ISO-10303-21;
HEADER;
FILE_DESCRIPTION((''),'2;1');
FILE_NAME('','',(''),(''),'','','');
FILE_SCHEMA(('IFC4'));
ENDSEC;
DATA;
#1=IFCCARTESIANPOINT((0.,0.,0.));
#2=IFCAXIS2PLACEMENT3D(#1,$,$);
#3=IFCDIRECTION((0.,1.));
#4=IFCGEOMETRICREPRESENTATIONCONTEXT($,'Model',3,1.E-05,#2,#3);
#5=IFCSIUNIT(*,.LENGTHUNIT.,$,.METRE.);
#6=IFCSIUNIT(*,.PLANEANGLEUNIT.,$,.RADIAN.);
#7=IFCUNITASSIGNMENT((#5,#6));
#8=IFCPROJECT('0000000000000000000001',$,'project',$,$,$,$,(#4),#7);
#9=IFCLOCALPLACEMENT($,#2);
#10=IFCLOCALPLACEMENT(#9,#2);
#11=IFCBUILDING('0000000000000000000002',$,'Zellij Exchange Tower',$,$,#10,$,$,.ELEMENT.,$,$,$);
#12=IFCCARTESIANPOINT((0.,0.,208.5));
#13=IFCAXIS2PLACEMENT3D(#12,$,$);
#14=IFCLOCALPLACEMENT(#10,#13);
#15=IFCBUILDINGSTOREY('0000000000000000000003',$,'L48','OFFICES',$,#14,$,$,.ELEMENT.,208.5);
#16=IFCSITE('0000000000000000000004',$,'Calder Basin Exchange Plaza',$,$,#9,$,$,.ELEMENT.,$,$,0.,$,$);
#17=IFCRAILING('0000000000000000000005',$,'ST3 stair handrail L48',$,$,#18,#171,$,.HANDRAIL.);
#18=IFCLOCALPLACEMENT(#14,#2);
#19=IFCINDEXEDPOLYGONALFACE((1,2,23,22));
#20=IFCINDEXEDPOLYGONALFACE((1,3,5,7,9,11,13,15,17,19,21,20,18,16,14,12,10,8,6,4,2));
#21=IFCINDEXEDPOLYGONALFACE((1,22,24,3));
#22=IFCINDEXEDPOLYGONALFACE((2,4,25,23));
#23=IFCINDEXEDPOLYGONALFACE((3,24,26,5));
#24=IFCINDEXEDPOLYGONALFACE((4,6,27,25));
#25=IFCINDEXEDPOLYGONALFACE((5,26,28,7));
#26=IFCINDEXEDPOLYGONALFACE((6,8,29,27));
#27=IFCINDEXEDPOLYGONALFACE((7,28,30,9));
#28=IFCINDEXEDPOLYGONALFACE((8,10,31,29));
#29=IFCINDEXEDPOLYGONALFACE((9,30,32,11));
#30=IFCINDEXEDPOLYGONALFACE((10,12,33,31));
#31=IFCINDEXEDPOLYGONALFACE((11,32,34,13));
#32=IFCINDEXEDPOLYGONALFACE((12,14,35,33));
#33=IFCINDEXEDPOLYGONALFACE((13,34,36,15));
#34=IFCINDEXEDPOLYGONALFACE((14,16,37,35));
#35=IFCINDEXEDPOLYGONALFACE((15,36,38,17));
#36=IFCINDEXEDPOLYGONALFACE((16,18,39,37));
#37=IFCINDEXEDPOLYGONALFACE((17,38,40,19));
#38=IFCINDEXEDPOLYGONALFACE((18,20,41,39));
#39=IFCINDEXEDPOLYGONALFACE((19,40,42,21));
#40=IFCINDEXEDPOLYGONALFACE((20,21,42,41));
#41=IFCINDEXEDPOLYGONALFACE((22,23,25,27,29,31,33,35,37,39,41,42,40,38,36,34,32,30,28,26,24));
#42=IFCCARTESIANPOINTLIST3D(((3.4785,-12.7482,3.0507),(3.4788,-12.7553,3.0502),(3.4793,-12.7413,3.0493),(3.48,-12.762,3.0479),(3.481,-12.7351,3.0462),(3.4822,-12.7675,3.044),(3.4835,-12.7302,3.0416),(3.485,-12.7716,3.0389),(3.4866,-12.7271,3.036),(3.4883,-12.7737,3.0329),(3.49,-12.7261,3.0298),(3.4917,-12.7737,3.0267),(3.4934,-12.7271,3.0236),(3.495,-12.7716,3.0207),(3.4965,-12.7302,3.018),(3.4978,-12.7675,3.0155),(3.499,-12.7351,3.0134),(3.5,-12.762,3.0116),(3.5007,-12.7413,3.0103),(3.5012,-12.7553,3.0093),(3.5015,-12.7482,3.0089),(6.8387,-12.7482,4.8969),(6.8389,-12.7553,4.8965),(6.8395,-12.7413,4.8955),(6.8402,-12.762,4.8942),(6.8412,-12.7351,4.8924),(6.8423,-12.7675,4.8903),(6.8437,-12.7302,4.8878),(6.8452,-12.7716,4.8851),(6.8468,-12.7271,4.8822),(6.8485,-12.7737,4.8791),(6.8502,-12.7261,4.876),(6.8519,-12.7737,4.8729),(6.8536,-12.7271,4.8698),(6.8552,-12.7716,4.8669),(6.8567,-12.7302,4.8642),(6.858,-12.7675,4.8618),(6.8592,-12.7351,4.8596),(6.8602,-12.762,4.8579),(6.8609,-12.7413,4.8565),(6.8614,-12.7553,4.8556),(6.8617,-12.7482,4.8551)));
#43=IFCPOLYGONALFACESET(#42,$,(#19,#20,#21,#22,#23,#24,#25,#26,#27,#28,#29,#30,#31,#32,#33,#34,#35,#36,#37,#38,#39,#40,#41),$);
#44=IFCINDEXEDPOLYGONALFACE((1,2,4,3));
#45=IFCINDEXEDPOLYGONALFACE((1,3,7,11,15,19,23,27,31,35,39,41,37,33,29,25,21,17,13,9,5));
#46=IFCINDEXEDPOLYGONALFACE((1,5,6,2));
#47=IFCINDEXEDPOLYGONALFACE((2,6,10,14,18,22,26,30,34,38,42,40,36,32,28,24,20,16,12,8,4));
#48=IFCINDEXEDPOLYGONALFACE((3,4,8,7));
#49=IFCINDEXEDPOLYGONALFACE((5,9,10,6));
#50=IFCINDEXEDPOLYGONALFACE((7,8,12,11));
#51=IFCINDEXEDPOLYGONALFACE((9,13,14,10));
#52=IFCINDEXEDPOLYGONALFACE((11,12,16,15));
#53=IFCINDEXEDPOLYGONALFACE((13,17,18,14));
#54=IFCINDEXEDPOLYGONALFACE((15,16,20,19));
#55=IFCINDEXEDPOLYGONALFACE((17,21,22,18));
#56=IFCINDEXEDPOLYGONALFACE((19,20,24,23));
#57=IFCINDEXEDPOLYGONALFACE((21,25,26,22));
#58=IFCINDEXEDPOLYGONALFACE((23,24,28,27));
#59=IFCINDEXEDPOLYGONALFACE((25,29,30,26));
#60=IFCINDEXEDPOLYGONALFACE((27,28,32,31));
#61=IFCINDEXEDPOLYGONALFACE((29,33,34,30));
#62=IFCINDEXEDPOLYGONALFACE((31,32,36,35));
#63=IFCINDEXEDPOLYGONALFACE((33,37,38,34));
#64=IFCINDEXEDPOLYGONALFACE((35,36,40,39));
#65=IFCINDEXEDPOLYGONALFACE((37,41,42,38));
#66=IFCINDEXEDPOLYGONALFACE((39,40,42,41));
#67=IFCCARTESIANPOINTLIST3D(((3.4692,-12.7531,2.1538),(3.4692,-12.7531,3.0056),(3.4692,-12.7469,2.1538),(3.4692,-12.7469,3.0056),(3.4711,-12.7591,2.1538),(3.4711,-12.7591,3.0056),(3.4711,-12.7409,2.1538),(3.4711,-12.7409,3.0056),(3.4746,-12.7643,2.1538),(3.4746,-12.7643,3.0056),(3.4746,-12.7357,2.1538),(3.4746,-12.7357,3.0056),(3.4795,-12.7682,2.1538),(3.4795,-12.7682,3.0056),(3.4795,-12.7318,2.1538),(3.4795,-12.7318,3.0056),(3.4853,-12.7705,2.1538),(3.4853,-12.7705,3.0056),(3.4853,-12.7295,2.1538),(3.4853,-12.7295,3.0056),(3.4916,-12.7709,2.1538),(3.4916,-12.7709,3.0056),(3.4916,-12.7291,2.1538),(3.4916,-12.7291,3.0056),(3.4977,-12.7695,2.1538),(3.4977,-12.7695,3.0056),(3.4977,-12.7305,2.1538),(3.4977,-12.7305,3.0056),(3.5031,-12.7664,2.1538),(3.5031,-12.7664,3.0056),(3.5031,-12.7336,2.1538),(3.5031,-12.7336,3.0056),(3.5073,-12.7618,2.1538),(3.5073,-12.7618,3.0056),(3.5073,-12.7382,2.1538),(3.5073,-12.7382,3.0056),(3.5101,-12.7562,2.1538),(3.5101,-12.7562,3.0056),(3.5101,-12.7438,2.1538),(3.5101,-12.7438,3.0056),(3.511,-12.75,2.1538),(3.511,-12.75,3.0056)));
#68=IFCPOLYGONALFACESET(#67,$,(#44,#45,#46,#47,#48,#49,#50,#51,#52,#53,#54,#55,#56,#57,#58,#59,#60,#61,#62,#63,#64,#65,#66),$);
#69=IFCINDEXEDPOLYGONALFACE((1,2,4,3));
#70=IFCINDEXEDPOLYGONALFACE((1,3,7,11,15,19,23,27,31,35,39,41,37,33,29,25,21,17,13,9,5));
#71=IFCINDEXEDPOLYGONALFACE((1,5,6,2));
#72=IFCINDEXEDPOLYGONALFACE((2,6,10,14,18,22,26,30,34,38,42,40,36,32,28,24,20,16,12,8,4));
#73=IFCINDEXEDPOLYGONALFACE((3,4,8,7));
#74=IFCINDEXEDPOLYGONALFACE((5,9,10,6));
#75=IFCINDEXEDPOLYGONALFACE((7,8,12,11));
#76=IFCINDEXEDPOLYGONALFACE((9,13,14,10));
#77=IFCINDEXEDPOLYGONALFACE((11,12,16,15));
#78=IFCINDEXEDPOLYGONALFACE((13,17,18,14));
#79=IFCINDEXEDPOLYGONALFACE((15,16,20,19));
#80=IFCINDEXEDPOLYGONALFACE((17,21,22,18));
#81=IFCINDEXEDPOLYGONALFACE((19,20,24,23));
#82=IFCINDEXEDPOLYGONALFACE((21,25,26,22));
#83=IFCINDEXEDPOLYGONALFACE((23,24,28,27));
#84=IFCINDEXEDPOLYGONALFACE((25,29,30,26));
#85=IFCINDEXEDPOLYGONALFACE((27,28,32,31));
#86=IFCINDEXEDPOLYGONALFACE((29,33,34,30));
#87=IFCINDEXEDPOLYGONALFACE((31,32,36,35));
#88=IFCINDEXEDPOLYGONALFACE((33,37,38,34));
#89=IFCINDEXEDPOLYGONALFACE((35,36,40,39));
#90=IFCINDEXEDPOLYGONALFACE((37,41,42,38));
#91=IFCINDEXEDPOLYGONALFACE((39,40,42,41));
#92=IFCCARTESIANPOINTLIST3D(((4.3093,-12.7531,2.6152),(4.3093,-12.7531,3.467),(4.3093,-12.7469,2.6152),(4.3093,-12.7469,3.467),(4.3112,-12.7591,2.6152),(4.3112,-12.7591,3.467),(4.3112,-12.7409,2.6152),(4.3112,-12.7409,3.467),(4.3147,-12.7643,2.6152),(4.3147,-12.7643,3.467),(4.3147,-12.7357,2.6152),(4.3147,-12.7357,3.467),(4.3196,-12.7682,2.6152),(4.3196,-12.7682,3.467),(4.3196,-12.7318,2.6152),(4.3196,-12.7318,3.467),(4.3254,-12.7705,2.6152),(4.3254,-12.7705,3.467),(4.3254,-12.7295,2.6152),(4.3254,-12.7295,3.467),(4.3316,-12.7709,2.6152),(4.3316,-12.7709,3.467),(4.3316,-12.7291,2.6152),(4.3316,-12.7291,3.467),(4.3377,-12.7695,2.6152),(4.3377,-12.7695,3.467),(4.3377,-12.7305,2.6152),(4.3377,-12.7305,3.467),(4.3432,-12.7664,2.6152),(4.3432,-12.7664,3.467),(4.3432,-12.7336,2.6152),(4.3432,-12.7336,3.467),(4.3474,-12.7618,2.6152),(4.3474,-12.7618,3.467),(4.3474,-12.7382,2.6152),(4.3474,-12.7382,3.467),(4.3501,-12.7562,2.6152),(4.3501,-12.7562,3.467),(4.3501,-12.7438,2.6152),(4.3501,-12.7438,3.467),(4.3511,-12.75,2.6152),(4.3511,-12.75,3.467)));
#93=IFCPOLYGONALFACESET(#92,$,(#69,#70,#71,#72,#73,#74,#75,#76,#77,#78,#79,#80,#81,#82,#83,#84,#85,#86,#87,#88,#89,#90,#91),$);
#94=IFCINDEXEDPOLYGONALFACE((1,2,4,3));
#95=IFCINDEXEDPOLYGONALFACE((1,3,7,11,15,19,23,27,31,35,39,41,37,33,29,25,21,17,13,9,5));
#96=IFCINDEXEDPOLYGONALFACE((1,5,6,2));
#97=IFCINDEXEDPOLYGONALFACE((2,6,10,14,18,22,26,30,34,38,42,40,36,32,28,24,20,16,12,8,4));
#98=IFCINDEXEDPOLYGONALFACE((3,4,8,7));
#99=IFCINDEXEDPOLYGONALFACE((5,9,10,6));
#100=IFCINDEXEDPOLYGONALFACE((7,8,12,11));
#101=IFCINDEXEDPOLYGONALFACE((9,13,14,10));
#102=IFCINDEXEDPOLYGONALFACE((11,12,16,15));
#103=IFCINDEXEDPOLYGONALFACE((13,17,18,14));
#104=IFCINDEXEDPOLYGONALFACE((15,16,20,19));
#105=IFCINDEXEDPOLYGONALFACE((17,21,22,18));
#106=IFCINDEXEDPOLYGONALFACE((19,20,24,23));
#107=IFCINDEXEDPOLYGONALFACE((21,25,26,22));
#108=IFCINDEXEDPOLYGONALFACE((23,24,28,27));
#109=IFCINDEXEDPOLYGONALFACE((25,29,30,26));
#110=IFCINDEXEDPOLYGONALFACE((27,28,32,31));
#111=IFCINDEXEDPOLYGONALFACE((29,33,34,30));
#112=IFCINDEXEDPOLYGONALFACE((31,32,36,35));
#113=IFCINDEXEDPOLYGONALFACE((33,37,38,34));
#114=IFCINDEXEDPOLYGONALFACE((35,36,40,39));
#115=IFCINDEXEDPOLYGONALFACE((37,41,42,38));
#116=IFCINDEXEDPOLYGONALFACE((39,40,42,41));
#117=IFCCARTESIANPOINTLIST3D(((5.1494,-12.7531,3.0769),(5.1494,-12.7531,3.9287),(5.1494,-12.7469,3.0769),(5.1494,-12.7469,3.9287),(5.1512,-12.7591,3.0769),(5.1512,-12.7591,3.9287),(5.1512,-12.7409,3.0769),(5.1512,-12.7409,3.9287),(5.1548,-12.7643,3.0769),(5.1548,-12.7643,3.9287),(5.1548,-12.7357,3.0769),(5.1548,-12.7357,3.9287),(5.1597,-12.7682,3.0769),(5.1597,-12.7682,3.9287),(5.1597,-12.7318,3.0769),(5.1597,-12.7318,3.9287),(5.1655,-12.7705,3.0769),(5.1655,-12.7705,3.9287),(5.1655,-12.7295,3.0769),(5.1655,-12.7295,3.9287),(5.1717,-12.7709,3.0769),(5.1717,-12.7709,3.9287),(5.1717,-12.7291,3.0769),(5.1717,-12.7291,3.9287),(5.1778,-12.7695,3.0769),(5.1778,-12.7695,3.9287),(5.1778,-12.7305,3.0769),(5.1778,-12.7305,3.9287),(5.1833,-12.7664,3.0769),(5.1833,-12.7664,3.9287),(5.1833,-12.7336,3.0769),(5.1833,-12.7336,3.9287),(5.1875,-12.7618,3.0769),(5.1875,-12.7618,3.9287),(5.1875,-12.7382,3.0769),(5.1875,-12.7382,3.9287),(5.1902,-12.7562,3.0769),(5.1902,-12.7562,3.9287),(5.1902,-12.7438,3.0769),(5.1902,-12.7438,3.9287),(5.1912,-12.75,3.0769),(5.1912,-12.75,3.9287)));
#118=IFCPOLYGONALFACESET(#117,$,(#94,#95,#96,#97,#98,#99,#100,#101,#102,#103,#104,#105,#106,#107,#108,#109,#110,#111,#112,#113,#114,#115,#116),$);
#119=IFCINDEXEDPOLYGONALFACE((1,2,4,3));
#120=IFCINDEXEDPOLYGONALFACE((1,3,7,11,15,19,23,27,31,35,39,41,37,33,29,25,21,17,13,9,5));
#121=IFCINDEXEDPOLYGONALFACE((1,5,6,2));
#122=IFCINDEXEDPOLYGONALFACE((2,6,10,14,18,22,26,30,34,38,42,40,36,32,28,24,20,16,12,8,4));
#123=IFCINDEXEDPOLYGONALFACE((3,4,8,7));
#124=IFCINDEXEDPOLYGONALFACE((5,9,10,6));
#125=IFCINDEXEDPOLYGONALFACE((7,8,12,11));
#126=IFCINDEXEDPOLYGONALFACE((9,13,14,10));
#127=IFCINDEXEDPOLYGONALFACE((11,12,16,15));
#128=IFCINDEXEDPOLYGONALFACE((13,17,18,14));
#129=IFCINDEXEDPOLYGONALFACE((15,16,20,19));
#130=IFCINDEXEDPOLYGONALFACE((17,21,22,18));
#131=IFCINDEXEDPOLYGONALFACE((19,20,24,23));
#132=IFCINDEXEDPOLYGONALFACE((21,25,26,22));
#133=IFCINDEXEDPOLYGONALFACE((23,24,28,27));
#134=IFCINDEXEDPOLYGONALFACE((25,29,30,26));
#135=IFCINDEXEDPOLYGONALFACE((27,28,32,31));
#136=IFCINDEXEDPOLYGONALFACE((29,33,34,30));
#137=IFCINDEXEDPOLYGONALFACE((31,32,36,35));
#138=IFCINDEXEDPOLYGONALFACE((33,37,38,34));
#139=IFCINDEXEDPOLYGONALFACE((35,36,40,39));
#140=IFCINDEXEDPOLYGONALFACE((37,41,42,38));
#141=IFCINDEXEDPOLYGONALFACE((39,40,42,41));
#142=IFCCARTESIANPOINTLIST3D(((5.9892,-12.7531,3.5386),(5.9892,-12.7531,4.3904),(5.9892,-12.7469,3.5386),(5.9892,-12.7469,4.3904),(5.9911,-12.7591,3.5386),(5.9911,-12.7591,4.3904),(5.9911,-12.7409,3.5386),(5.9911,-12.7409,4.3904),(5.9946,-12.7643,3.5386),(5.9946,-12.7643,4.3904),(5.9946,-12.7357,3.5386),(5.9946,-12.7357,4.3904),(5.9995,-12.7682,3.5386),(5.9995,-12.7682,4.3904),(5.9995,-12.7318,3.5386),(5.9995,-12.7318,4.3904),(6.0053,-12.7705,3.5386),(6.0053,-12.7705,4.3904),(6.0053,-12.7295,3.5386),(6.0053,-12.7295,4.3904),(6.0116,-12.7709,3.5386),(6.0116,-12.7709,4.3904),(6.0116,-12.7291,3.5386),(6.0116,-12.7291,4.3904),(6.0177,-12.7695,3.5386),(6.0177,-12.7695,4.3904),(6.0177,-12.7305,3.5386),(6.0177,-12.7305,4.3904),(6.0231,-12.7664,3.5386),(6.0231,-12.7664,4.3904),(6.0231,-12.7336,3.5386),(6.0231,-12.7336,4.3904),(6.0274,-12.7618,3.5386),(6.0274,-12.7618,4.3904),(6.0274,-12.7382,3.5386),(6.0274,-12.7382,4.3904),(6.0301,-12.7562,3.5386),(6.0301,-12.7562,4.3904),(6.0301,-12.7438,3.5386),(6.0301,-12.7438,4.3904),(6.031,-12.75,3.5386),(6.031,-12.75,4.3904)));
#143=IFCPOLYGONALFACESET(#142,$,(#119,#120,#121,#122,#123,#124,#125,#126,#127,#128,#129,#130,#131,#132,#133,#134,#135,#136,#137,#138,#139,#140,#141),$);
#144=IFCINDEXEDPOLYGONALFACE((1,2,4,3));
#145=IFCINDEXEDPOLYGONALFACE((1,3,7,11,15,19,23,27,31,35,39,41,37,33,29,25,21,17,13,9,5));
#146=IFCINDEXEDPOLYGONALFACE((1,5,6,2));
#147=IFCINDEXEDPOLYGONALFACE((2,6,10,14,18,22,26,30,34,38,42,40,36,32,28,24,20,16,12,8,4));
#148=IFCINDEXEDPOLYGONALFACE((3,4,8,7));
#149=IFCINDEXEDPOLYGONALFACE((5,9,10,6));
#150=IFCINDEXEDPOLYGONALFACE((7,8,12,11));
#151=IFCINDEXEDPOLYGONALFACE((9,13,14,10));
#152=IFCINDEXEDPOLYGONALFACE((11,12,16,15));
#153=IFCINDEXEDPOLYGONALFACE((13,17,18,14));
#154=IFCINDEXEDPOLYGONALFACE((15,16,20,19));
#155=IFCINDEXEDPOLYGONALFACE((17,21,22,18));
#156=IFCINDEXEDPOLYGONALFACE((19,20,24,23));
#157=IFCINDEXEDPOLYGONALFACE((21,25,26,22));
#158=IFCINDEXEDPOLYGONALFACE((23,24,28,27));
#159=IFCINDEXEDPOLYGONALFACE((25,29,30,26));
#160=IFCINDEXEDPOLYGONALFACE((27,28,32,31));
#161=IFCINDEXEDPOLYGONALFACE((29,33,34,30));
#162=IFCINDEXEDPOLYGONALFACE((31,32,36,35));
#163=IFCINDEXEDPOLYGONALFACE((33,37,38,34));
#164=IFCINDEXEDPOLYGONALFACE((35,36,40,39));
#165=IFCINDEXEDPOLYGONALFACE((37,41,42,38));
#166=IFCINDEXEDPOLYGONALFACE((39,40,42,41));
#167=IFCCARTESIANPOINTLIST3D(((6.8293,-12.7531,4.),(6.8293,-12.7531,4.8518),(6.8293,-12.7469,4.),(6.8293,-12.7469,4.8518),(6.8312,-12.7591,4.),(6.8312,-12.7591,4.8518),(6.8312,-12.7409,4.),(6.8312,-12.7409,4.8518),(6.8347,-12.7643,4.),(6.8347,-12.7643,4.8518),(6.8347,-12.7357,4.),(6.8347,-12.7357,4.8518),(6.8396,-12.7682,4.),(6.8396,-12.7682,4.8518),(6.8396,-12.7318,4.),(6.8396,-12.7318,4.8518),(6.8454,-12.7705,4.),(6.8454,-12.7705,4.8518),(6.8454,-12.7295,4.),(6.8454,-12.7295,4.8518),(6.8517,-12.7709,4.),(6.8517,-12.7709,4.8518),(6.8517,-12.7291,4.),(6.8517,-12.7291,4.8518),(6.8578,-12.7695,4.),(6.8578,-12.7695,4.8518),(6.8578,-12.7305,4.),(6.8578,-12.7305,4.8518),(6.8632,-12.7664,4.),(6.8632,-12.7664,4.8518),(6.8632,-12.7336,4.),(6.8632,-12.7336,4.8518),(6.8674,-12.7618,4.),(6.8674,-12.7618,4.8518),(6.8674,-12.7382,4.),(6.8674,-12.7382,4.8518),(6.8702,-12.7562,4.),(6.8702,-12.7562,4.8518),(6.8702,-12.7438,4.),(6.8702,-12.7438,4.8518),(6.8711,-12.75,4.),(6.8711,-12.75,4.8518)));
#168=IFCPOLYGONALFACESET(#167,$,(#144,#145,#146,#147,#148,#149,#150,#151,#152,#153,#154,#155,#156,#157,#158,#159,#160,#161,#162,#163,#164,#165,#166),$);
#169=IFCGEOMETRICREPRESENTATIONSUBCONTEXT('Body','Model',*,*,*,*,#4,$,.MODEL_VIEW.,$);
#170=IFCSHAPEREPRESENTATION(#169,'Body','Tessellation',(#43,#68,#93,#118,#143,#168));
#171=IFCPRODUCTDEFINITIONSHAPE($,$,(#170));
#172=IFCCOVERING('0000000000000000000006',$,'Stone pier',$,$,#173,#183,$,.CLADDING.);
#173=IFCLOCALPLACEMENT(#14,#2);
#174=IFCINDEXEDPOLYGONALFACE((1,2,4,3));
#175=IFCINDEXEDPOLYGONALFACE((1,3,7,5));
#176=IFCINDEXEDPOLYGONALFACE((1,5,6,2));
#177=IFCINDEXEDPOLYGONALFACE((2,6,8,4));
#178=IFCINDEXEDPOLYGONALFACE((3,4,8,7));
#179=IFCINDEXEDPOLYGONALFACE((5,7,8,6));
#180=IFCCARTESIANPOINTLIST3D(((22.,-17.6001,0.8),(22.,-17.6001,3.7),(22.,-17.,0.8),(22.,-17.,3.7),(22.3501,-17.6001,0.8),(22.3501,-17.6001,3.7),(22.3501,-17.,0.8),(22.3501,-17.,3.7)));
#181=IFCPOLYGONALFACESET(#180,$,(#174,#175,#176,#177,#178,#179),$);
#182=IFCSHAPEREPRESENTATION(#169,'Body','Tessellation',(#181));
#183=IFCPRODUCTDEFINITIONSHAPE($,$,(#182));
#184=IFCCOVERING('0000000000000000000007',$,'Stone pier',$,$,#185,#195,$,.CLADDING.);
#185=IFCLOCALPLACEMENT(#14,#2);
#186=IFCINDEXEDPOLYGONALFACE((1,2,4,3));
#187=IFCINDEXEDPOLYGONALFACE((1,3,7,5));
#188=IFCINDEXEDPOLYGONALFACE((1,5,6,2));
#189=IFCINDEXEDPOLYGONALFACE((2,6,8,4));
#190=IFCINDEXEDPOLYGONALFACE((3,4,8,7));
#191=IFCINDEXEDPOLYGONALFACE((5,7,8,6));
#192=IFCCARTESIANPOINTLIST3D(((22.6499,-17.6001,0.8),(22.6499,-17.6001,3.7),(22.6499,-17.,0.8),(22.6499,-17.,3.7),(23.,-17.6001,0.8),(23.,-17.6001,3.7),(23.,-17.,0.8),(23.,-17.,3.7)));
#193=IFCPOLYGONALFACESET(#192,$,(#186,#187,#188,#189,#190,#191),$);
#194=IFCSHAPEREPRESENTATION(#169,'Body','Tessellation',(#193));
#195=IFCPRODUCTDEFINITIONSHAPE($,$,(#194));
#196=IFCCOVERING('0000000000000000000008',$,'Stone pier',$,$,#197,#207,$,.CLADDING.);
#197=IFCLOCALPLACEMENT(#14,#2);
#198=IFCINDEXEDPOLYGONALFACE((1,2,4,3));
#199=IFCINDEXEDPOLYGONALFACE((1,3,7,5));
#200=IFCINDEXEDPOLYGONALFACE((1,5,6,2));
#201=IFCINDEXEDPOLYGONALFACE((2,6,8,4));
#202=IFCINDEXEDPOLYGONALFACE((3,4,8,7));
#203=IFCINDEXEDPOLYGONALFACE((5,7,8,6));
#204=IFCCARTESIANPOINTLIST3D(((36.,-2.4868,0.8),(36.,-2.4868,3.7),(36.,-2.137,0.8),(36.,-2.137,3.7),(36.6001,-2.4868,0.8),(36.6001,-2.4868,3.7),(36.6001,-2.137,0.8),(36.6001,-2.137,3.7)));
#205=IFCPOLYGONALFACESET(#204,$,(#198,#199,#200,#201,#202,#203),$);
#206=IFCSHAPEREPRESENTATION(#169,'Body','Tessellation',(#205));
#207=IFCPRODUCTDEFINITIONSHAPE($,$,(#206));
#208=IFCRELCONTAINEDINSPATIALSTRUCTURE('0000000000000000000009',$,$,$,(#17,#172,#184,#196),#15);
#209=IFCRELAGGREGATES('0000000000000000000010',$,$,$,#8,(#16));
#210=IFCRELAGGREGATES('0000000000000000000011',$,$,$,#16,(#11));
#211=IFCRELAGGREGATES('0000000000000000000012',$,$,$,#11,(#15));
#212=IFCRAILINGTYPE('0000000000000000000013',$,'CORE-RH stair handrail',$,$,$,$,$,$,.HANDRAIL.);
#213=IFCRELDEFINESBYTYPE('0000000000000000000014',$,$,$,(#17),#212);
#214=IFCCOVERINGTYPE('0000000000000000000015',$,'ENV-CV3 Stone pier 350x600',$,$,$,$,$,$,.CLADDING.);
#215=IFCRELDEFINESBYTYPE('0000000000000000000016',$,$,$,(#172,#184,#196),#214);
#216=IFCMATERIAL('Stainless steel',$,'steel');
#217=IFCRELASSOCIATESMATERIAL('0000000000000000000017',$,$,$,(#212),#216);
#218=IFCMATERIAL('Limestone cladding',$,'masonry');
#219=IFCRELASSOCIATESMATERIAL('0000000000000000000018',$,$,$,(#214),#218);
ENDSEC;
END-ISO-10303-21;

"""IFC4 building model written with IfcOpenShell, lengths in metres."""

from ifc_helpers import new_model, si_unit, direction, frame, origin, origin_2d, place, context, subcontext, project, spatial, polyline, circle, outline, extrude, material, type_object, element, save


model = new_model("IFC4")

# Units and contexts
model_context = context("Model", 3, precision=1e-05, world=origin(), true_north=direction((0.0, 1.0)))
body_context = subcontext(model_context, "Body", "Model", "MODEL_VIEW")
ifc_project = project(units=[si_unit("LENGTHUNIT", "METRE"), si_unit("PLANEANGLEUNIT", "RADIAN")], contexts=[model_context])

# Site, building, storey
site_placement = place(None, origin())
site = spatial("IfcSite", under=ifc_project, at=site_placement, Name="Calder Basin Exchange Plaza", CompositionType="ELEMENT", RefElevation=0.0)
building_placement = place(site_placement, origin())
building = spatial("IfcBuilding", under=site, at=building_placement, Name="Zellij Exchange Tower", CompositionType="ELEMENT")
storey_placement = place(building_placement, frame((0.0, 0.0, 208.5)))
storey = spatial("IfcBuildingStorey", under=building, at=storey_placement, Name="L48", Description="OFFICES", CompositionType="ELEMENT", Elevation=208.5)

# Railing
ifc_material_1 = material(Name="Stainless steel", Category="steel")
railing_type_1 = type_object("IfcRailingType", Name="CORE-RH stair handrail", PredefinedType="HANDRAIL", material=ifc_material_1)
railing_1_placement = place(storey_placement, frame((3.49, -12.75, 2.1538)))
element("IfcRailing", 1, at=railing_1_placement, inside=storey, type_object=railing_type_1, Name="ST3 stair handrail L48", PredefinedType="HANDRAIL", context=body_context, shape_type="SweptSolid", body=[
    extrude(circle(Radius=0.0239, at=origin_2d()), frame((0.0, 0.0, 0.876), z_axis=(0.876422, 0.0, 0.481545), x_axis=(0.0, 1.0, 0.0)), (0.0, 0.0, 1.0), 3.834),
    extrude(circle(Radius=0.021, at=origin_2d()), origin(), (0.0, 0.0, 1.0), 0.8518),
    extrude(circle(Radius=0.021, at=origin_2d()), frame((0.8401, 0.0, 0.4614)), (0.0, 0.0, 1.0), 0.8518),
    extrude(circle(Radius=0.021, at=origin_2d()), frame((1.6802, 0.0, 0.9231)), (0.0, 0.0, 1.0), 0.8518),
    extrude(circle(Radius=0.021, at=origin_2d()), frame((2.52, 0.0, 1.3848)), (0.0, 0.0, 1.0), 0.8518),
    extrude(circle(Radius=0.021, at=origin_2d()), frame((3.3601, 0.0, 1.8462)), (0.0, 0.0, 1.0), 0.8518),
])

# Coverings
ifc_material_2 = material(Name="Limestone cladding", Category="masonry")
covering_type = type_object("IfcCoveringType", Name="ENV-CV3 Stone pier 350x600", PredefinedType="CLADDING", material=ifc_material_2)
covering_1_placement = place(storey_placement, frame((0.0, 0.0, 0.8)))
element("IfcCovering", 2, at=covering_1_placement, inside=storey, type_object=covering_type, Name="Stone pier", PredefinedType="CLADDING", context=body_context, shape_type="SweptSolid", body=[
    extrude(outline(polyline([(22.0, -17.0), (22.3501, -17.0), (22.3501, -17.6001), (22.0, -17.6001), (22.0, -17.0)])), origin(), (0.0, 0.0, 1.0), 2.8999),
])
covering_2_placement = place(storey_placement, frame((0.0, 0.0, 0.8)))
element("IfcCovering", 3, at=covering_2_placement, inside=storey, type_object=covering_type, Name="Stone pier", PredefinedType="CLADDING", context=body_context, shape_type="SweptSolid", body=[
    extrude(outline(polyline([(22.6499, -17.0), (23.0, -17.0), (23.0, -17.6001), (22.6499, -17.6001), (22.6499, -17.0)])), origin(), (0.0, 0.0, 1.0), 2.8999),
])
covering_3_placement = place(storey_placement, frame((0.0, 0.0, 0.8)))
element("IfcCovering", 4, at=covering_3_placement, inside=storey, type_object=covering_type, Name="Stone pier", PredefinedType="CLADDING", context=body_context, shape_type="SweptSolid", body=[
    extrude(outline(polyline([(36.0, -2.4868), (36.0, -2.137), (36.6001, -2.137), (36.6001, -2.4868), (36.0, -2.4868)])), origin(), (0.0, 0.0, 1.0), 2.8999),
])

save(model, "model.ifc")
